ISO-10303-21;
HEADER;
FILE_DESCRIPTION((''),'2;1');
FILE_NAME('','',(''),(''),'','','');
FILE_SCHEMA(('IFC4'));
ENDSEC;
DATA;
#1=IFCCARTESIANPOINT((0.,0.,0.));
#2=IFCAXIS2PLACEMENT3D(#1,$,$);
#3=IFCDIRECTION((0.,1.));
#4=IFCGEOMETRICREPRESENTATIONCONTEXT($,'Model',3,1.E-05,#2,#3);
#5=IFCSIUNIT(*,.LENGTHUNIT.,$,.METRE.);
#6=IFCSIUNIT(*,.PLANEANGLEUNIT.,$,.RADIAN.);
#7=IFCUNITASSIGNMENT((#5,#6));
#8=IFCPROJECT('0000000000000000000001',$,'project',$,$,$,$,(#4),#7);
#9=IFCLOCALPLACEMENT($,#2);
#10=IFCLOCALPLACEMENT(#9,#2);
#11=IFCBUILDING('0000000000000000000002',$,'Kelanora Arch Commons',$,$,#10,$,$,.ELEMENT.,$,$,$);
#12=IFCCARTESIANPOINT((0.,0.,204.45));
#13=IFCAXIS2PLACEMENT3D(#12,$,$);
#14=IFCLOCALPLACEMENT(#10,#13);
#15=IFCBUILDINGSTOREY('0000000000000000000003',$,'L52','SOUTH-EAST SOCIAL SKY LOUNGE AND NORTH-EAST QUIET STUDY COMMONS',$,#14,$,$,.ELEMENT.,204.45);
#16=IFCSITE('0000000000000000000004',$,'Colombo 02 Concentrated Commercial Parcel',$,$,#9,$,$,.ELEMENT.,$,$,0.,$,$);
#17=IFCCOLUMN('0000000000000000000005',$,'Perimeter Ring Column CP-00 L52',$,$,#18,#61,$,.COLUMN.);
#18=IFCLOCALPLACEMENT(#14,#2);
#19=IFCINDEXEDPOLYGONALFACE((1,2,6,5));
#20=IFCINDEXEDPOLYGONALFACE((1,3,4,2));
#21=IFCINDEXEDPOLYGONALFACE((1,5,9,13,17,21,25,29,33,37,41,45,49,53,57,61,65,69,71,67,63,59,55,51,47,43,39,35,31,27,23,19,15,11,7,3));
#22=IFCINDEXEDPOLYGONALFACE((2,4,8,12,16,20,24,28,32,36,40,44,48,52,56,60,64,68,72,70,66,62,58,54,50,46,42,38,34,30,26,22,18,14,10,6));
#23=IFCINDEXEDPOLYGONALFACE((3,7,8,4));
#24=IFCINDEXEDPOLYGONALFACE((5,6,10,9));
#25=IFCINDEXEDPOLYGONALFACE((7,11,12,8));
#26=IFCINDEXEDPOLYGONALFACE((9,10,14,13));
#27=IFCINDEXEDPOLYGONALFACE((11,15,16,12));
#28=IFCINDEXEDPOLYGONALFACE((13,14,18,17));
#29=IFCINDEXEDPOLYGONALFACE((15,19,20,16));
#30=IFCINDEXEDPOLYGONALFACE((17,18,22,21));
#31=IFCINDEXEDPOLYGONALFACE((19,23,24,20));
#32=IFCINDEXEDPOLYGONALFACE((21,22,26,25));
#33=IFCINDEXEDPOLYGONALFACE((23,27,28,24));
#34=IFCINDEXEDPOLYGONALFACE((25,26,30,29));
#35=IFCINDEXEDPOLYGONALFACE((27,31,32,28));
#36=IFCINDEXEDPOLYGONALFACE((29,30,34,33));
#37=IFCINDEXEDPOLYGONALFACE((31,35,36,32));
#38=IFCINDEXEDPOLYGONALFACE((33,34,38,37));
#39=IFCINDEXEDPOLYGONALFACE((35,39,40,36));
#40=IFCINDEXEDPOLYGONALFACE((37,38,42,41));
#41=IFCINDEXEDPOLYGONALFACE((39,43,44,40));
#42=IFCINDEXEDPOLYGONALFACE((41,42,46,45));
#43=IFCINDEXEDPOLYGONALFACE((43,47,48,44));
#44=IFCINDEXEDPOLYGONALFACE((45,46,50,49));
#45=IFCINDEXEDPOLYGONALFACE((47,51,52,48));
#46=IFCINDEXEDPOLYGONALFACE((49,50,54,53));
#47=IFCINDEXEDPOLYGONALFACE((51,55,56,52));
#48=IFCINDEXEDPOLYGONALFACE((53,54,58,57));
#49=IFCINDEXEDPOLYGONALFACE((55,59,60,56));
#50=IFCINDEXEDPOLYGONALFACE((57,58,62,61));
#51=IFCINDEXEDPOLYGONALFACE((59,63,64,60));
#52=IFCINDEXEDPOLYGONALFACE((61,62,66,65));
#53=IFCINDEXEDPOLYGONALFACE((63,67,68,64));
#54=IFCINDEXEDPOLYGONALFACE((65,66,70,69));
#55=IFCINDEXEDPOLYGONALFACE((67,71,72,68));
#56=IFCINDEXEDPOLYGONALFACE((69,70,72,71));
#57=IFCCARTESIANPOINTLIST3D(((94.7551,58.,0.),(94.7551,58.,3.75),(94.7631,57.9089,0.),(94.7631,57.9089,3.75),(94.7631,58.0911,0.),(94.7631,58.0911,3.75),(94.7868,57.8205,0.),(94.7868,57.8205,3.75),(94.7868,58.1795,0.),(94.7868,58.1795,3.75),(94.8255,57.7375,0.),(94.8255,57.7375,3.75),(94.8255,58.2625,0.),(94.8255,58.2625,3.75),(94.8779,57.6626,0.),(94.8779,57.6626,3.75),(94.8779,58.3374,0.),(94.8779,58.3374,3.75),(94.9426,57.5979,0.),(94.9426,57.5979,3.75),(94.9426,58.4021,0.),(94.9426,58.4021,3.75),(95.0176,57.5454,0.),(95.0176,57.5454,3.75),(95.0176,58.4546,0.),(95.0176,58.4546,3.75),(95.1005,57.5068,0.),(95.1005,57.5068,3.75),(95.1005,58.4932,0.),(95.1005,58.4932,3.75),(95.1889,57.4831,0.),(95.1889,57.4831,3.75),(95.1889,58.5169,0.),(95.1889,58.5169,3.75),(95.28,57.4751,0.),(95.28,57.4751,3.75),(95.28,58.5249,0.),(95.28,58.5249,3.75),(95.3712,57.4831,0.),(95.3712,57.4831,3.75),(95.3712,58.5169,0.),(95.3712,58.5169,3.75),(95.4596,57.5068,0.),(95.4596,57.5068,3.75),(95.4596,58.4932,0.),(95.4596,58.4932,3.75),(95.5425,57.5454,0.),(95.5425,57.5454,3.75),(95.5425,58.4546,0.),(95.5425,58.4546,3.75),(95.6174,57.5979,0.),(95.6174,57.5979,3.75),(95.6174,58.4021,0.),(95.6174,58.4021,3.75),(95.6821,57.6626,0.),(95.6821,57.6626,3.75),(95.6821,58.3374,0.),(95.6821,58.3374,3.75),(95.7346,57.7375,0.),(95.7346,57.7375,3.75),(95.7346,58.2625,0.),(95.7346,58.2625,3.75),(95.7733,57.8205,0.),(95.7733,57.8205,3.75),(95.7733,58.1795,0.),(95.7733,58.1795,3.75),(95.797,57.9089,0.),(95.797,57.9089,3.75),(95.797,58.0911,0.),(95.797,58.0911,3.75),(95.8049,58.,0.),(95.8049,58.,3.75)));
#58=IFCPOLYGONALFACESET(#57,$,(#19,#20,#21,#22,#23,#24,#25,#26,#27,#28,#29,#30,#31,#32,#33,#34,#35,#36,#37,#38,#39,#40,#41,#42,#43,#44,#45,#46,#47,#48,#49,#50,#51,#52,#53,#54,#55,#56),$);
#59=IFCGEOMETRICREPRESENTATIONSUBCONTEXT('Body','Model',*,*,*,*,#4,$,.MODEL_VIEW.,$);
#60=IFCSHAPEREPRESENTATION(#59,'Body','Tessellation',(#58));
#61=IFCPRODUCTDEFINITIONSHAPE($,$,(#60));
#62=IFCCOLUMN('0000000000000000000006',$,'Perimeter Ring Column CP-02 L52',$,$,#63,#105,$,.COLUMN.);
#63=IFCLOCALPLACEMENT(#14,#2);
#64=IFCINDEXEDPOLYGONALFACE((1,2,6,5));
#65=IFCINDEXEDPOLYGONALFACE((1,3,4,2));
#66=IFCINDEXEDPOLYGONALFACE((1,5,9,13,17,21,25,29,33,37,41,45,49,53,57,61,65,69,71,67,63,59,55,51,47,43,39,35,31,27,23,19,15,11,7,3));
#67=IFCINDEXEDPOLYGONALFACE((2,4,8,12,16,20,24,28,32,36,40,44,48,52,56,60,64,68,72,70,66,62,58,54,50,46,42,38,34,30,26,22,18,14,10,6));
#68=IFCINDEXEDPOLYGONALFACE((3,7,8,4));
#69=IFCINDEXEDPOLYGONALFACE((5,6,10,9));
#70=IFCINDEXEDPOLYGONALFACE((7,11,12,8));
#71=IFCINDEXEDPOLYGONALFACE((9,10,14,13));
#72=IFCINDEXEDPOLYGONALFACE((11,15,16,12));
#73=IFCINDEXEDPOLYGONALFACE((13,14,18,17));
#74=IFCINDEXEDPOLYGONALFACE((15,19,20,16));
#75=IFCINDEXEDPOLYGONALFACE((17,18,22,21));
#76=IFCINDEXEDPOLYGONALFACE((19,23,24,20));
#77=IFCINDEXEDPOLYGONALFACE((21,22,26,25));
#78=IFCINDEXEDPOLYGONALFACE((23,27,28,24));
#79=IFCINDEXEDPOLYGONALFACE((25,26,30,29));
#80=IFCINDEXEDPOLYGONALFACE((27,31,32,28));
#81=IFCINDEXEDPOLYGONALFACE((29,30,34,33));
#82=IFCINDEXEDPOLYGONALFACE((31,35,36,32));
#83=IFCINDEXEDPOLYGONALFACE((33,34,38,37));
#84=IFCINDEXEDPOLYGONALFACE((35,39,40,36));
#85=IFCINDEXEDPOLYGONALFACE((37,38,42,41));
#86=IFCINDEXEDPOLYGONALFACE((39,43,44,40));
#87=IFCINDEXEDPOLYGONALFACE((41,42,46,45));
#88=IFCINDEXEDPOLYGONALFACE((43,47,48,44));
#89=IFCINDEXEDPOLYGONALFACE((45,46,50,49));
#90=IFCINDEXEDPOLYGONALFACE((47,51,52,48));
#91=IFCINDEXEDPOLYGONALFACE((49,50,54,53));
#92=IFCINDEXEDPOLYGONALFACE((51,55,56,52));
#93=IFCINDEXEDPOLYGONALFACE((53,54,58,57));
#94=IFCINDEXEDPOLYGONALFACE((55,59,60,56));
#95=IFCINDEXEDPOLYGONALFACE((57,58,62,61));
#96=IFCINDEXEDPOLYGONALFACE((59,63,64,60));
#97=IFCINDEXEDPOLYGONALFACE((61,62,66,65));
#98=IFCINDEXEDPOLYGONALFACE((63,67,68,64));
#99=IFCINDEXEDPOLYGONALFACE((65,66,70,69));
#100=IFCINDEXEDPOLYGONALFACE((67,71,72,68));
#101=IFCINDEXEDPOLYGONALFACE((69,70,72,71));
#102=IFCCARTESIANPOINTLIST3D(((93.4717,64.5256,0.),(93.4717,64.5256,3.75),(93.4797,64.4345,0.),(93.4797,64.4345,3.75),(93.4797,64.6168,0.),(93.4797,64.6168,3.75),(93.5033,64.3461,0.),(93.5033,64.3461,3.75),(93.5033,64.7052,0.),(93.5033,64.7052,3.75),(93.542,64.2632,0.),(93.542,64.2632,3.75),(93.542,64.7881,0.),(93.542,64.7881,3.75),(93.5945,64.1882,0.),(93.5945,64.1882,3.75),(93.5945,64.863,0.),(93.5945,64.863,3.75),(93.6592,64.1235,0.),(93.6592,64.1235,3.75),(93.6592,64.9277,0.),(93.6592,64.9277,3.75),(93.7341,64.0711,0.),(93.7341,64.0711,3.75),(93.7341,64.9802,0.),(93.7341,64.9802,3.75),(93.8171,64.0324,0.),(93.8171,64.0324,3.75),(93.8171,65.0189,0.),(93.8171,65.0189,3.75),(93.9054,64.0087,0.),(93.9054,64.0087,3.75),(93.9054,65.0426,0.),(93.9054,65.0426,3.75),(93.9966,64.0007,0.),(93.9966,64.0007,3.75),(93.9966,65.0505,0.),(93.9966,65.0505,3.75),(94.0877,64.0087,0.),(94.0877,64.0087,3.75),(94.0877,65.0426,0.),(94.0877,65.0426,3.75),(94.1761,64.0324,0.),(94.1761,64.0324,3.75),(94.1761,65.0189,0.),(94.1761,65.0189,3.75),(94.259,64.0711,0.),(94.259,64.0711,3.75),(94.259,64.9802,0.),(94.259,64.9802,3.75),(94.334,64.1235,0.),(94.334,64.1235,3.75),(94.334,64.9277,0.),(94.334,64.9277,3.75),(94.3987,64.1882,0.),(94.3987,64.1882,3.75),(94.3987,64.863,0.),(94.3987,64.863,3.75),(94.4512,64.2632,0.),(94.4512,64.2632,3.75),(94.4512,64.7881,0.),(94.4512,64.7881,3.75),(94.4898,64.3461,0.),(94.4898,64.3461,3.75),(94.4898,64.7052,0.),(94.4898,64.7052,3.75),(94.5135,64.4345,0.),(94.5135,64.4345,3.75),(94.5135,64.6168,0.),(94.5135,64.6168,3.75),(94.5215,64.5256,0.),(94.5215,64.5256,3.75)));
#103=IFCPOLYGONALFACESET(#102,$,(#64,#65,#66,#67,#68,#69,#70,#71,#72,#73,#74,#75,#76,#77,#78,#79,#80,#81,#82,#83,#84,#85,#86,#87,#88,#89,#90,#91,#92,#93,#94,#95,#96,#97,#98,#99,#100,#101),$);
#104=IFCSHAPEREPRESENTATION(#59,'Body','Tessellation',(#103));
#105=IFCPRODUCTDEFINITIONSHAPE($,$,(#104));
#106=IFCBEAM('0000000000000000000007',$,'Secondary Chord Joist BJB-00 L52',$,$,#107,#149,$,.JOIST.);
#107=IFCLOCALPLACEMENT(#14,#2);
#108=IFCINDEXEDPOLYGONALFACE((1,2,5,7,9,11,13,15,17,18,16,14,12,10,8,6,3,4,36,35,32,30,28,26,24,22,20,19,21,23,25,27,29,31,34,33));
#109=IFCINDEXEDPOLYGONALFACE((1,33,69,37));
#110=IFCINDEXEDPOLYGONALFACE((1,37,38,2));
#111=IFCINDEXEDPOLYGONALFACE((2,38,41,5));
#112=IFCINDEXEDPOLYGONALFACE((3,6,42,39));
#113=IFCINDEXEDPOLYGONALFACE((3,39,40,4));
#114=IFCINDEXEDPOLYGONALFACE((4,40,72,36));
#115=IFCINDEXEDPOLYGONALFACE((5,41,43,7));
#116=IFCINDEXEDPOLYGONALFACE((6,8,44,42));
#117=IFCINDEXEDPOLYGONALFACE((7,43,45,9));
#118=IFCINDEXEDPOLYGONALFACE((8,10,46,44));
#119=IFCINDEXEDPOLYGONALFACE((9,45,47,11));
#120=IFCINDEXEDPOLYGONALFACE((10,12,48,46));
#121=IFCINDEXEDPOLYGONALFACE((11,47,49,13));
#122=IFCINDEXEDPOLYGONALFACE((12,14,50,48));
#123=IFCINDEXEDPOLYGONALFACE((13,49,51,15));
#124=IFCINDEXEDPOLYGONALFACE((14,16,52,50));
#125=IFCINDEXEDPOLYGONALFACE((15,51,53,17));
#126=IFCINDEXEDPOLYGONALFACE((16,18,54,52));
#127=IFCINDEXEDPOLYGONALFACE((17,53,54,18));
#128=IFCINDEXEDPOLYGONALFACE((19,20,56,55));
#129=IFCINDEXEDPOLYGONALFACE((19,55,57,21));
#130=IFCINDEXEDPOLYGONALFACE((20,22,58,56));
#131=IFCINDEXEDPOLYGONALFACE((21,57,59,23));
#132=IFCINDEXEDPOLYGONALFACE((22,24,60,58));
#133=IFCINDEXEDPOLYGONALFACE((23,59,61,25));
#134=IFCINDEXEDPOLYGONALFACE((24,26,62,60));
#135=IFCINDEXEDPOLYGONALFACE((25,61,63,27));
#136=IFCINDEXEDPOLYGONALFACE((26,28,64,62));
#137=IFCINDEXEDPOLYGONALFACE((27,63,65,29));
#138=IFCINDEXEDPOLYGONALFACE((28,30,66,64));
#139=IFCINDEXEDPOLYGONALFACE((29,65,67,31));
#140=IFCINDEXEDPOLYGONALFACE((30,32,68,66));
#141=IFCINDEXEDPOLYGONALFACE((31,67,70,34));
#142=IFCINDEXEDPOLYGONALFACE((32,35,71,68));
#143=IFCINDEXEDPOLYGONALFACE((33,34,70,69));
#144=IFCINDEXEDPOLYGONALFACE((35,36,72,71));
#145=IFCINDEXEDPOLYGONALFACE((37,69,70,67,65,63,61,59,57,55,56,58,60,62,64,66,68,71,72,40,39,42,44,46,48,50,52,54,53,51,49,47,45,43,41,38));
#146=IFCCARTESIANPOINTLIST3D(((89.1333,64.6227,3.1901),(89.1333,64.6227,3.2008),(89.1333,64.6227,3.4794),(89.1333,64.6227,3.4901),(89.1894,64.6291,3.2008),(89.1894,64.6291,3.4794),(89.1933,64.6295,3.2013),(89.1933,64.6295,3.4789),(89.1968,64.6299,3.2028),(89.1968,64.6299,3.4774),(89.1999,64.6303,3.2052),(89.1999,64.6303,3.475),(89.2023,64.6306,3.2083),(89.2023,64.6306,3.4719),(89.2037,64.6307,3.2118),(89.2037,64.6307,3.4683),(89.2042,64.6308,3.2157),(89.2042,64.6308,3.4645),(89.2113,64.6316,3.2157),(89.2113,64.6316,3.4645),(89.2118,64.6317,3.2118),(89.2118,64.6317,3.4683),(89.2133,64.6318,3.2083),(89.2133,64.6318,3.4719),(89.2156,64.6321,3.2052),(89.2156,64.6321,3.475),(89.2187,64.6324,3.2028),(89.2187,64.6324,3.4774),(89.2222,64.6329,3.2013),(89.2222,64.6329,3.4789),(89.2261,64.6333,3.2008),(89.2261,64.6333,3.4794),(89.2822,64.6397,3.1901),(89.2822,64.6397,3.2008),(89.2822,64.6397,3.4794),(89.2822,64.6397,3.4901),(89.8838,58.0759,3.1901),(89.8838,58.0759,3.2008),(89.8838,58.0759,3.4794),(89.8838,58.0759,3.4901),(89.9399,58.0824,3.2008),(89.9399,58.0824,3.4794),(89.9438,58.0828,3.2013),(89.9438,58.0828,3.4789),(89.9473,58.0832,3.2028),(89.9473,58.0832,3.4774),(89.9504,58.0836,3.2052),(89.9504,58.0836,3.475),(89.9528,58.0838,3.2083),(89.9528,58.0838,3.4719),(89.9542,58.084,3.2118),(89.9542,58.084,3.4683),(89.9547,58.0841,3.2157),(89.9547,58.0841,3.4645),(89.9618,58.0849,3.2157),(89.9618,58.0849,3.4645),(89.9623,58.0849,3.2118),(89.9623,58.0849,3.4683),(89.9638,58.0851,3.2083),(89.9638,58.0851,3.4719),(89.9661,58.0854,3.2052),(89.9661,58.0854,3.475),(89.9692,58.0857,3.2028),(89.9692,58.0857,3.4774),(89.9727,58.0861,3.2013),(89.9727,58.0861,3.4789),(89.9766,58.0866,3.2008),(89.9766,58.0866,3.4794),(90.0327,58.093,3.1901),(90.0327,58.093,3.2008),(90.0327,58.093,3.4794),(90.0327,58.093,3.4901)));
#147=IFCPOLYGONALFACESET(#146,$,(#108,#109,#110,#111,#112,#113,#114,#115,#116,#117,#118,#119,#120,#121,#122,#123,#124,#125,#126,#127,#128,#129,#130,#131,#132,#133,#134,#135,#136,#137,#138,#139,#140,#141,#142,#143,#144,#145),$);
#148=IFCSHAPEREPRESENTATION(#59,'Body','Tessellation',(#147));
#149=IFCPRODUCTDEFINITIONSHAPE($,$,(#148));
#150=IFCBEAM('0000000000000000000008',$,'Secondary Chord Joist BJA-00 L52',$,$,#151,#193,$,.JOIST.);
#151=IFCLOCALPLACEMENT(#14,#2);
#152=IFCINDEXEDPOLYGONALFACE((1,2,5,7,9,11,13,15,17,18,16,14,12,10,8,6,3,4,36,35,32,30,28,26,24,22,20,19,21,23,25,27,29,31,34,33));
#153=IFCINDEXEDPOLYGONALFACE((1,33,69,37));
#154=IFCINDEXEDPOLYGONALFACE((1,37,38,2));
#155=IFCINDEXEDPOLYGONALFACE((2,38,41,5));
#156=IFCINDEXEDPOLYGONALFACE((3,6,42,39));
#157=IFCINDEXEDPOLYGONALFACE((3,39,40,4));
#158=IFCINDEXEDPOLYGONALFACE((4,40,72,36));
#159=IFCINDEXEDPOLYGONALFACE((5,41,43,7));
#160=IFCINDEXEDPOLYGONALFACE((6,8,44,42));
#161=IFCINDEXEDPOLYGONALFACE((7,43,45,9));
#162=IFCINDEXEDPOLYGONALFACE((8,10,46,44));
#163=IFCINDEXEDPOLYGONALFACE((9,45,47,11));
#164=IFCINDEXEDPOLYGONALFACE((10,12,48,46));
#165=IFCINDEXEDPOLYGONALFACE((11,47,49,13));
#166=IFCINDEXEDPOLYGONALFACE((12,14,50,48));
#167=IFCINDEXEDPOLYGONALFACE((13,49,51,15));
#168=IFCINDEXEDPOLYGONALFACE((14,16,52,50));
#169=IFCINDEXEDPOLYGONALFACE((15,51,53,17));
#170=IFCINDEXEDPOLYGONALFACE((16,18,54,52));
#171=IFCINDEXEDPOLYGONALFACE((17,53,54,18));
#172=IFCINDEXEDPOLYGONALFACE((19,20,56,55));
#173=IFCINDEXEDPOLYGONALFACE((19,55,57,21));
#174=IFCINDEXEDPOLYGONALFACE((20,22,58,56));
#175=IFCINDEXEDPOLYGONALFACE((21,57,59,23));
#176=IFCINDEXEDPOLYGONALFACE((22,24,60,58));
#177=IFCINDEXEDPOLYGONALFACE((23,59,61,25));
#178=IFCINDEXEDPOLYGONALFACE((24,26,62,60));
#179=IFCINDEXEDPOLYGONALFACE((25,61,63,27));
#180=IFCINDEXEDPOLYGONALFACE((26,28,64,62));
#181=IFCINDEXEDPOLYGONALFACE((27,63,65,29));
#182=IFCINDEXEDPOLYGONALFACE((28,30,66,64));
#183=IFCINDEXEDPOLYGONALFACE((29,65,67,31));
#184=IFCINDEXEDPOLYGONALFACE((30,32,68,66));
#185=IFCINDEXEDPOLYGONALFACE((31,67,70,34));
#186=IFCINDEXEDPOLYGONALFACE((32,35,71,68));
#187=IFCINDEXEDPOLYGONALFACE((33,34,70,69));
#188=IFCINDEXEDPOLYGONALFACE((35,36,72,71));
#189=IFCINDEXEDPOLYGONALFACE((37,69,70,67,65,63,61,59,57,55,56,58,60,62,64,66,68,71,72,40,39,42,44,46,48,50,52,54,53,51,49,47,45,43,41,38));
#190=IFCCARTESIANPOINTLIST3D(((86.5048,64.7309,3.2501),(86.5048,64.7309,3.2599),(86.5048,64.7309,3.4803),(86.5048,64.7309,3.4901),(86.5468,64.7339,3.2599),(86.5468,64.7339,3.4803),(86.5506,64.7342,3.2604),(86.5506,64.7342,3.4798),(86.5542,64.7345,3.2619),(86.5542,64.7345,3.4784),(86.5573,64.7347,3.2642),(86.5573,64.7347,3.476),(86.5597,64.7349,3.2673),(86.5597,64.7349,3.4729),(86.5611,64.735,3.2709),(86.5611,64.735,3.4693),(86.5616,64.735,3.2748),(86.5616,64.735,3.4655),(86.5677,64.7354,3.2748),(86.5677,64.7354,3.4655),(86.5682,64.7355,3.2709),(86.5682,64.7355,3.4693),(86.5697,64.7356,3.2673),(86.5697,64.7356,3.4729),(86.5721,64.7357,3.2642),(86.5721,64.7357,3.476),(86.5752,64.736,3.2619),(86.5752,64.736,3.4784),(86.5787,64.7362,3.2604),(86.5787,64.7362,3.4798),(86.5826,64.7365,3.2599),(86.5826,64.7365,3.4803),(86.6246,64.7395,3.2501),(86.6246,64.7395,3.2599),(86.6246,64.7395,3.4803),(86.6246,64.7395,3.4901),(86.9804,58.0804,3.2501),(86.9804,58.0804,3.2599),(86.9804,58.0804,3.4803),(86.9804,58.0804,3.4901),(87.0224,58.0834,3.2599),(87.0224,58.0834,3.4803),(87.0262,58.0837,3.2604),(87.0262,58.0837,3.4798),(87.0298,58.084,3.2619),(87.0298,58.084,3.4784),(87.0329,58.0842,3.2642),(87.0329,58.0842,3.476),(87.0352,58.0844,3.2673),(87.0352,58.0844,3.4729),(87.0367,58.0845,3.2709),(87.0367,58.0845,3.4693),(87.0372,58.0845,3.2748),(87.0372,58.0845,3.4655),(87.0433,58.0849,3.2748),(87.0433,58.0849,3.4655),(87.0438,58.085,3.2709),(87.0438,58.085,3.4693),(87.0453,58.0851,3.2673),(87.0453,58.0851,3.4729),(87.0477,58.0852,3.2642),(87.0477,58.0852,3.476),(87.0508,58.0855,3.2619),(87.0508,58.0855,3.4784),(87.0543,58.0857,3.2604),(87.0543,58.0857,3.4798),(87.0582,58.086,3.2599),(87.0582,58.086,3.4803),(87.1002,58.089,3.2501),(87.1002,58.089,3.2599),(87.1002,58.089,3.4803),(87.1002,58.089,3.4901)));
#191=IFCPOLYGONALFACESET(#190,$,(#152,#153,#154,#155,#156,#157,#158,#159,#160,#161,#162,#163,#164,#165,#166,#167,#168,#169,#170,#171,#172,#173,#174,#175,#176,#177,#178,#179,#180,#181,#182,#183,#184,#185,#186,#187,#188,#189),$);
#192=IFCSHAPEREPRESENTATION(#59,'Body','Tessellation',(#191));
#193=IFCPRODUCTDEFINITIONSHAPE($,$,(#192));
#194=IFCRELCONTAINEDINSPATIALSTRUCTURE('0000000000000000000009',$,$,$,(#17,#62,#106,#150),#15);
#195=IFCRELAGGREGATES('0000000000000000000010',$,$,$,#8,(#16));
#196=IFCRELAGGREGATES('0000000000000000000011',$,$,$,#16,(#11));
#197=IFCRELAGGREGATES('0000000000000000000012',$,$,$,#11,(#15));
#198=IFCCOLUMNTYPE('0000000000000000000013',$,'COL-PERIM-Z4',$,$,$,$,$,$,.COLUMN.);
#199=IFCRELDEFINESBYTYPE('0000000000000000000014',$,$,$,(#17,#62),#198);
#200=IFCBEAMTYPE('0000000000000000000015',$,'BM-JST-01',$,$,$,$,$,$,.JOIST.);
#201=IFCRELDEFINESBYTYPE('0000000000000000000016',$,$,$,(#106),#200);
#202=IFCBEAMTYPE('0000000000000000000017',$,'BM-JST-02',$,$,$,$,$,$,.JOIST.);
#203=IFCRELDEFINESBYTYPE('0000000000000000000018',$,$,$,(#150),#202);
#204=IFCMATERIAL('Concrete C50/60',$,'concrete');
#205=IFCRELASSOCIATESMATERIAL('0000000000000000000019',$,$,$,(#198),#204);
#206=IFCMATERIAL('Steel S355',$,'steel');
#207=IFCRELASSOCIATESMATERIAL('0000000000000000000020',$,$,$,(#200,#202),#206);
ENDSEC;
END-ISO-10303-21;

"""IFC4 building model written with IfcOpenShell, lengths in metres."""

from ifc_helpers import new_model, si_unit, direction, frame, origin, origin_2d, place, context, subcontext, project, spatial, circle, i_section, extrude, material, material_profile, profile_set, type_object, element, save


model = new_model("IFC4")

# Units and contexts
model_context = context("Model", 3, precision=1e-05, world=origin(), true_north=direction((0.0, 1.0)))
body_context = subcontext(model_context, "Body", "Model", "MODEL_VIEW")
ifc_project = project(units=[si_unit("LENGTHUNIT", "METRE"), si_unit("PLANEANGLEUNIT", "RADIAN")], contexts=[model_context])

# Site, building, storey
site_placement = place(None, origin())
site = spatial("IfcSite", under=ifc_project, at=site_placement, Name="Colombo 02 Concentrated Commercial Parcel", CompositionType="ELEMENT", RefElevation=0.0)
building_placement = place(site_placement, origin())
building = spatial("IfcBuilding", under=site, at=building_placement, Name="Kelanora Arch Commons", CompositionType="ELEMENT")
storey_placement = place(building_placement, frame((0.0, 0.0, 204.45)))
storey = spatial("IfcBuildingStorey", under=building, at=storey_placement, Name="L52", Description="SOUTH-EAST SOCIAL SKY LOUNGE AND NORTH-EAST QUIET STUDY COMMONS", CompositionType="ELEMENT", Elevation=204.45)

# Columns
ifc_material_1 = material(Name="Concrete C50/60", Category="concrete")
ifc_material_profile_1 = material_profile(ifc_material_1, circle(Radius=0.5249, at=origin_2d()), Name="RCC1050")
ifc_profile_set_1 = profile_set([ifc_material_profile_1], Name="Concrete C50/60")
column_type = type_object("IfcColumnType", Name="COL-PERIM-Z4", PredefinedType="COLUMN", material=ifc_profile_set_1)
for number, where, z_axis, x_axis, name in (
    (1, (95.28, 58.0, 0.0), (0.0, 0.0, 1.0), (1.0, 0.0, 0.0), "Perimeter Ring Column CP-00 L52"),
    (2, (93.9966, 64.5256, 0.0), (0.0, 0.0, 1.0), (1.0, 0.0, 0.0), "Perimeter Ring Column CP-02 L52"),
):
    element("IfcColumn", number, at=place(storey_placement, frame(where, z_axis=z_axis, x_axis=x_axis)), inside=storey, type_object=column_type, Name=name, PredefinedType="COLUMN", context=body_context, shape_type="SweptSolid", body=[
        extrude(circle(Radius=0.5249, at=origin_2d()), origin(), (0.0, 0.0, 1.0), 3.75),
    ])

# Beams
ifc_material_2 = material(Name="Steel S355", Category="steel")
ifc_material_profile_2 = material_profile(ifc_material_2, i_section(OverallWidth=0.1499, OverallDepth=0.3, WebThickness=0.0071, FlangeThickness=0.0107, FilletRadius=0.0149, at=origin_2d()), Name="IPE300")
ifc_profile_set_2 = profile_set([ifc_material_profile_2], Name="Steel S355")
beam_type_1 = type_object("IfcBeamType", Name="BM-JST-01", PredefinedType="JOIST", material=ifc_profile_set_2)
beam_1_placement = place(storey_placement, frame((89.9583, 58.0845, 3.3401), z_axis=(-0.113891, 0.993493, 0.0), x_axis=(-0.993493, -0.113891, 0.0)))
element("IfcBeam", 3, at=beam_1_placement, inside=storey, type_object=beam_type_1, Name="Secondary Chord Joist BJB-00 L52", PredefinedType="JOIST", context=body_context, shape_type="SweptSolid", body=[
    extrude(i_section(OverallWidth=0.1499, OverallDepth=0.3, WebThickness=0.0071, FlangeThickness=0.0107, FilletRadius=0.0149, at=origin_2d()), origin(), (0.0, 0.0, 1.0), 6.5896),
])
ifc_material_profile_3 = material_profile(ifc_material_2, i_section(OverallWidth=0.1201, OverallDepth=0.24, WebThickness=0.0061, FlangeThickness=0.0098, FilletRadius=0.0149, at=origin_2d()), Name="IPE240")
ifc_profile_set_3 = profile_set([ifc_material_profile_3], Name="Steel S355")
beam_type_2 = type_object("IfcBeamType", Name="BM-JST-02", PredefinedType="JOIST", material=ifc_profile_set_3)
beam_2_placement = place(storey_placement, frame((87.0403, 58.0847, 3.3701), z_axis=(-0.07133, 0.997453, 0.0), x_axis=(-0.997453, -0.07133, 0.0)))
element("IfcBeam", 4, at=beam_2_placement, inside=storey, type_object=beam_type_2, Name="Secondary Chord Joist BJA-00 L52", PredefinedType="JOIST", context=body_context, shape_type="SweptSolid", body=[
    extrude(i_section(OverallWidth=0.1201, OverallDepth=0.24, WebThickness=0.0061, FlangeThickness=0.0098, FilletRadius=0.0149, at=origin_2d()), origin(), (0.0, 0.0, 1.0), 6.6675),
])

save(model, "model.ifc")
